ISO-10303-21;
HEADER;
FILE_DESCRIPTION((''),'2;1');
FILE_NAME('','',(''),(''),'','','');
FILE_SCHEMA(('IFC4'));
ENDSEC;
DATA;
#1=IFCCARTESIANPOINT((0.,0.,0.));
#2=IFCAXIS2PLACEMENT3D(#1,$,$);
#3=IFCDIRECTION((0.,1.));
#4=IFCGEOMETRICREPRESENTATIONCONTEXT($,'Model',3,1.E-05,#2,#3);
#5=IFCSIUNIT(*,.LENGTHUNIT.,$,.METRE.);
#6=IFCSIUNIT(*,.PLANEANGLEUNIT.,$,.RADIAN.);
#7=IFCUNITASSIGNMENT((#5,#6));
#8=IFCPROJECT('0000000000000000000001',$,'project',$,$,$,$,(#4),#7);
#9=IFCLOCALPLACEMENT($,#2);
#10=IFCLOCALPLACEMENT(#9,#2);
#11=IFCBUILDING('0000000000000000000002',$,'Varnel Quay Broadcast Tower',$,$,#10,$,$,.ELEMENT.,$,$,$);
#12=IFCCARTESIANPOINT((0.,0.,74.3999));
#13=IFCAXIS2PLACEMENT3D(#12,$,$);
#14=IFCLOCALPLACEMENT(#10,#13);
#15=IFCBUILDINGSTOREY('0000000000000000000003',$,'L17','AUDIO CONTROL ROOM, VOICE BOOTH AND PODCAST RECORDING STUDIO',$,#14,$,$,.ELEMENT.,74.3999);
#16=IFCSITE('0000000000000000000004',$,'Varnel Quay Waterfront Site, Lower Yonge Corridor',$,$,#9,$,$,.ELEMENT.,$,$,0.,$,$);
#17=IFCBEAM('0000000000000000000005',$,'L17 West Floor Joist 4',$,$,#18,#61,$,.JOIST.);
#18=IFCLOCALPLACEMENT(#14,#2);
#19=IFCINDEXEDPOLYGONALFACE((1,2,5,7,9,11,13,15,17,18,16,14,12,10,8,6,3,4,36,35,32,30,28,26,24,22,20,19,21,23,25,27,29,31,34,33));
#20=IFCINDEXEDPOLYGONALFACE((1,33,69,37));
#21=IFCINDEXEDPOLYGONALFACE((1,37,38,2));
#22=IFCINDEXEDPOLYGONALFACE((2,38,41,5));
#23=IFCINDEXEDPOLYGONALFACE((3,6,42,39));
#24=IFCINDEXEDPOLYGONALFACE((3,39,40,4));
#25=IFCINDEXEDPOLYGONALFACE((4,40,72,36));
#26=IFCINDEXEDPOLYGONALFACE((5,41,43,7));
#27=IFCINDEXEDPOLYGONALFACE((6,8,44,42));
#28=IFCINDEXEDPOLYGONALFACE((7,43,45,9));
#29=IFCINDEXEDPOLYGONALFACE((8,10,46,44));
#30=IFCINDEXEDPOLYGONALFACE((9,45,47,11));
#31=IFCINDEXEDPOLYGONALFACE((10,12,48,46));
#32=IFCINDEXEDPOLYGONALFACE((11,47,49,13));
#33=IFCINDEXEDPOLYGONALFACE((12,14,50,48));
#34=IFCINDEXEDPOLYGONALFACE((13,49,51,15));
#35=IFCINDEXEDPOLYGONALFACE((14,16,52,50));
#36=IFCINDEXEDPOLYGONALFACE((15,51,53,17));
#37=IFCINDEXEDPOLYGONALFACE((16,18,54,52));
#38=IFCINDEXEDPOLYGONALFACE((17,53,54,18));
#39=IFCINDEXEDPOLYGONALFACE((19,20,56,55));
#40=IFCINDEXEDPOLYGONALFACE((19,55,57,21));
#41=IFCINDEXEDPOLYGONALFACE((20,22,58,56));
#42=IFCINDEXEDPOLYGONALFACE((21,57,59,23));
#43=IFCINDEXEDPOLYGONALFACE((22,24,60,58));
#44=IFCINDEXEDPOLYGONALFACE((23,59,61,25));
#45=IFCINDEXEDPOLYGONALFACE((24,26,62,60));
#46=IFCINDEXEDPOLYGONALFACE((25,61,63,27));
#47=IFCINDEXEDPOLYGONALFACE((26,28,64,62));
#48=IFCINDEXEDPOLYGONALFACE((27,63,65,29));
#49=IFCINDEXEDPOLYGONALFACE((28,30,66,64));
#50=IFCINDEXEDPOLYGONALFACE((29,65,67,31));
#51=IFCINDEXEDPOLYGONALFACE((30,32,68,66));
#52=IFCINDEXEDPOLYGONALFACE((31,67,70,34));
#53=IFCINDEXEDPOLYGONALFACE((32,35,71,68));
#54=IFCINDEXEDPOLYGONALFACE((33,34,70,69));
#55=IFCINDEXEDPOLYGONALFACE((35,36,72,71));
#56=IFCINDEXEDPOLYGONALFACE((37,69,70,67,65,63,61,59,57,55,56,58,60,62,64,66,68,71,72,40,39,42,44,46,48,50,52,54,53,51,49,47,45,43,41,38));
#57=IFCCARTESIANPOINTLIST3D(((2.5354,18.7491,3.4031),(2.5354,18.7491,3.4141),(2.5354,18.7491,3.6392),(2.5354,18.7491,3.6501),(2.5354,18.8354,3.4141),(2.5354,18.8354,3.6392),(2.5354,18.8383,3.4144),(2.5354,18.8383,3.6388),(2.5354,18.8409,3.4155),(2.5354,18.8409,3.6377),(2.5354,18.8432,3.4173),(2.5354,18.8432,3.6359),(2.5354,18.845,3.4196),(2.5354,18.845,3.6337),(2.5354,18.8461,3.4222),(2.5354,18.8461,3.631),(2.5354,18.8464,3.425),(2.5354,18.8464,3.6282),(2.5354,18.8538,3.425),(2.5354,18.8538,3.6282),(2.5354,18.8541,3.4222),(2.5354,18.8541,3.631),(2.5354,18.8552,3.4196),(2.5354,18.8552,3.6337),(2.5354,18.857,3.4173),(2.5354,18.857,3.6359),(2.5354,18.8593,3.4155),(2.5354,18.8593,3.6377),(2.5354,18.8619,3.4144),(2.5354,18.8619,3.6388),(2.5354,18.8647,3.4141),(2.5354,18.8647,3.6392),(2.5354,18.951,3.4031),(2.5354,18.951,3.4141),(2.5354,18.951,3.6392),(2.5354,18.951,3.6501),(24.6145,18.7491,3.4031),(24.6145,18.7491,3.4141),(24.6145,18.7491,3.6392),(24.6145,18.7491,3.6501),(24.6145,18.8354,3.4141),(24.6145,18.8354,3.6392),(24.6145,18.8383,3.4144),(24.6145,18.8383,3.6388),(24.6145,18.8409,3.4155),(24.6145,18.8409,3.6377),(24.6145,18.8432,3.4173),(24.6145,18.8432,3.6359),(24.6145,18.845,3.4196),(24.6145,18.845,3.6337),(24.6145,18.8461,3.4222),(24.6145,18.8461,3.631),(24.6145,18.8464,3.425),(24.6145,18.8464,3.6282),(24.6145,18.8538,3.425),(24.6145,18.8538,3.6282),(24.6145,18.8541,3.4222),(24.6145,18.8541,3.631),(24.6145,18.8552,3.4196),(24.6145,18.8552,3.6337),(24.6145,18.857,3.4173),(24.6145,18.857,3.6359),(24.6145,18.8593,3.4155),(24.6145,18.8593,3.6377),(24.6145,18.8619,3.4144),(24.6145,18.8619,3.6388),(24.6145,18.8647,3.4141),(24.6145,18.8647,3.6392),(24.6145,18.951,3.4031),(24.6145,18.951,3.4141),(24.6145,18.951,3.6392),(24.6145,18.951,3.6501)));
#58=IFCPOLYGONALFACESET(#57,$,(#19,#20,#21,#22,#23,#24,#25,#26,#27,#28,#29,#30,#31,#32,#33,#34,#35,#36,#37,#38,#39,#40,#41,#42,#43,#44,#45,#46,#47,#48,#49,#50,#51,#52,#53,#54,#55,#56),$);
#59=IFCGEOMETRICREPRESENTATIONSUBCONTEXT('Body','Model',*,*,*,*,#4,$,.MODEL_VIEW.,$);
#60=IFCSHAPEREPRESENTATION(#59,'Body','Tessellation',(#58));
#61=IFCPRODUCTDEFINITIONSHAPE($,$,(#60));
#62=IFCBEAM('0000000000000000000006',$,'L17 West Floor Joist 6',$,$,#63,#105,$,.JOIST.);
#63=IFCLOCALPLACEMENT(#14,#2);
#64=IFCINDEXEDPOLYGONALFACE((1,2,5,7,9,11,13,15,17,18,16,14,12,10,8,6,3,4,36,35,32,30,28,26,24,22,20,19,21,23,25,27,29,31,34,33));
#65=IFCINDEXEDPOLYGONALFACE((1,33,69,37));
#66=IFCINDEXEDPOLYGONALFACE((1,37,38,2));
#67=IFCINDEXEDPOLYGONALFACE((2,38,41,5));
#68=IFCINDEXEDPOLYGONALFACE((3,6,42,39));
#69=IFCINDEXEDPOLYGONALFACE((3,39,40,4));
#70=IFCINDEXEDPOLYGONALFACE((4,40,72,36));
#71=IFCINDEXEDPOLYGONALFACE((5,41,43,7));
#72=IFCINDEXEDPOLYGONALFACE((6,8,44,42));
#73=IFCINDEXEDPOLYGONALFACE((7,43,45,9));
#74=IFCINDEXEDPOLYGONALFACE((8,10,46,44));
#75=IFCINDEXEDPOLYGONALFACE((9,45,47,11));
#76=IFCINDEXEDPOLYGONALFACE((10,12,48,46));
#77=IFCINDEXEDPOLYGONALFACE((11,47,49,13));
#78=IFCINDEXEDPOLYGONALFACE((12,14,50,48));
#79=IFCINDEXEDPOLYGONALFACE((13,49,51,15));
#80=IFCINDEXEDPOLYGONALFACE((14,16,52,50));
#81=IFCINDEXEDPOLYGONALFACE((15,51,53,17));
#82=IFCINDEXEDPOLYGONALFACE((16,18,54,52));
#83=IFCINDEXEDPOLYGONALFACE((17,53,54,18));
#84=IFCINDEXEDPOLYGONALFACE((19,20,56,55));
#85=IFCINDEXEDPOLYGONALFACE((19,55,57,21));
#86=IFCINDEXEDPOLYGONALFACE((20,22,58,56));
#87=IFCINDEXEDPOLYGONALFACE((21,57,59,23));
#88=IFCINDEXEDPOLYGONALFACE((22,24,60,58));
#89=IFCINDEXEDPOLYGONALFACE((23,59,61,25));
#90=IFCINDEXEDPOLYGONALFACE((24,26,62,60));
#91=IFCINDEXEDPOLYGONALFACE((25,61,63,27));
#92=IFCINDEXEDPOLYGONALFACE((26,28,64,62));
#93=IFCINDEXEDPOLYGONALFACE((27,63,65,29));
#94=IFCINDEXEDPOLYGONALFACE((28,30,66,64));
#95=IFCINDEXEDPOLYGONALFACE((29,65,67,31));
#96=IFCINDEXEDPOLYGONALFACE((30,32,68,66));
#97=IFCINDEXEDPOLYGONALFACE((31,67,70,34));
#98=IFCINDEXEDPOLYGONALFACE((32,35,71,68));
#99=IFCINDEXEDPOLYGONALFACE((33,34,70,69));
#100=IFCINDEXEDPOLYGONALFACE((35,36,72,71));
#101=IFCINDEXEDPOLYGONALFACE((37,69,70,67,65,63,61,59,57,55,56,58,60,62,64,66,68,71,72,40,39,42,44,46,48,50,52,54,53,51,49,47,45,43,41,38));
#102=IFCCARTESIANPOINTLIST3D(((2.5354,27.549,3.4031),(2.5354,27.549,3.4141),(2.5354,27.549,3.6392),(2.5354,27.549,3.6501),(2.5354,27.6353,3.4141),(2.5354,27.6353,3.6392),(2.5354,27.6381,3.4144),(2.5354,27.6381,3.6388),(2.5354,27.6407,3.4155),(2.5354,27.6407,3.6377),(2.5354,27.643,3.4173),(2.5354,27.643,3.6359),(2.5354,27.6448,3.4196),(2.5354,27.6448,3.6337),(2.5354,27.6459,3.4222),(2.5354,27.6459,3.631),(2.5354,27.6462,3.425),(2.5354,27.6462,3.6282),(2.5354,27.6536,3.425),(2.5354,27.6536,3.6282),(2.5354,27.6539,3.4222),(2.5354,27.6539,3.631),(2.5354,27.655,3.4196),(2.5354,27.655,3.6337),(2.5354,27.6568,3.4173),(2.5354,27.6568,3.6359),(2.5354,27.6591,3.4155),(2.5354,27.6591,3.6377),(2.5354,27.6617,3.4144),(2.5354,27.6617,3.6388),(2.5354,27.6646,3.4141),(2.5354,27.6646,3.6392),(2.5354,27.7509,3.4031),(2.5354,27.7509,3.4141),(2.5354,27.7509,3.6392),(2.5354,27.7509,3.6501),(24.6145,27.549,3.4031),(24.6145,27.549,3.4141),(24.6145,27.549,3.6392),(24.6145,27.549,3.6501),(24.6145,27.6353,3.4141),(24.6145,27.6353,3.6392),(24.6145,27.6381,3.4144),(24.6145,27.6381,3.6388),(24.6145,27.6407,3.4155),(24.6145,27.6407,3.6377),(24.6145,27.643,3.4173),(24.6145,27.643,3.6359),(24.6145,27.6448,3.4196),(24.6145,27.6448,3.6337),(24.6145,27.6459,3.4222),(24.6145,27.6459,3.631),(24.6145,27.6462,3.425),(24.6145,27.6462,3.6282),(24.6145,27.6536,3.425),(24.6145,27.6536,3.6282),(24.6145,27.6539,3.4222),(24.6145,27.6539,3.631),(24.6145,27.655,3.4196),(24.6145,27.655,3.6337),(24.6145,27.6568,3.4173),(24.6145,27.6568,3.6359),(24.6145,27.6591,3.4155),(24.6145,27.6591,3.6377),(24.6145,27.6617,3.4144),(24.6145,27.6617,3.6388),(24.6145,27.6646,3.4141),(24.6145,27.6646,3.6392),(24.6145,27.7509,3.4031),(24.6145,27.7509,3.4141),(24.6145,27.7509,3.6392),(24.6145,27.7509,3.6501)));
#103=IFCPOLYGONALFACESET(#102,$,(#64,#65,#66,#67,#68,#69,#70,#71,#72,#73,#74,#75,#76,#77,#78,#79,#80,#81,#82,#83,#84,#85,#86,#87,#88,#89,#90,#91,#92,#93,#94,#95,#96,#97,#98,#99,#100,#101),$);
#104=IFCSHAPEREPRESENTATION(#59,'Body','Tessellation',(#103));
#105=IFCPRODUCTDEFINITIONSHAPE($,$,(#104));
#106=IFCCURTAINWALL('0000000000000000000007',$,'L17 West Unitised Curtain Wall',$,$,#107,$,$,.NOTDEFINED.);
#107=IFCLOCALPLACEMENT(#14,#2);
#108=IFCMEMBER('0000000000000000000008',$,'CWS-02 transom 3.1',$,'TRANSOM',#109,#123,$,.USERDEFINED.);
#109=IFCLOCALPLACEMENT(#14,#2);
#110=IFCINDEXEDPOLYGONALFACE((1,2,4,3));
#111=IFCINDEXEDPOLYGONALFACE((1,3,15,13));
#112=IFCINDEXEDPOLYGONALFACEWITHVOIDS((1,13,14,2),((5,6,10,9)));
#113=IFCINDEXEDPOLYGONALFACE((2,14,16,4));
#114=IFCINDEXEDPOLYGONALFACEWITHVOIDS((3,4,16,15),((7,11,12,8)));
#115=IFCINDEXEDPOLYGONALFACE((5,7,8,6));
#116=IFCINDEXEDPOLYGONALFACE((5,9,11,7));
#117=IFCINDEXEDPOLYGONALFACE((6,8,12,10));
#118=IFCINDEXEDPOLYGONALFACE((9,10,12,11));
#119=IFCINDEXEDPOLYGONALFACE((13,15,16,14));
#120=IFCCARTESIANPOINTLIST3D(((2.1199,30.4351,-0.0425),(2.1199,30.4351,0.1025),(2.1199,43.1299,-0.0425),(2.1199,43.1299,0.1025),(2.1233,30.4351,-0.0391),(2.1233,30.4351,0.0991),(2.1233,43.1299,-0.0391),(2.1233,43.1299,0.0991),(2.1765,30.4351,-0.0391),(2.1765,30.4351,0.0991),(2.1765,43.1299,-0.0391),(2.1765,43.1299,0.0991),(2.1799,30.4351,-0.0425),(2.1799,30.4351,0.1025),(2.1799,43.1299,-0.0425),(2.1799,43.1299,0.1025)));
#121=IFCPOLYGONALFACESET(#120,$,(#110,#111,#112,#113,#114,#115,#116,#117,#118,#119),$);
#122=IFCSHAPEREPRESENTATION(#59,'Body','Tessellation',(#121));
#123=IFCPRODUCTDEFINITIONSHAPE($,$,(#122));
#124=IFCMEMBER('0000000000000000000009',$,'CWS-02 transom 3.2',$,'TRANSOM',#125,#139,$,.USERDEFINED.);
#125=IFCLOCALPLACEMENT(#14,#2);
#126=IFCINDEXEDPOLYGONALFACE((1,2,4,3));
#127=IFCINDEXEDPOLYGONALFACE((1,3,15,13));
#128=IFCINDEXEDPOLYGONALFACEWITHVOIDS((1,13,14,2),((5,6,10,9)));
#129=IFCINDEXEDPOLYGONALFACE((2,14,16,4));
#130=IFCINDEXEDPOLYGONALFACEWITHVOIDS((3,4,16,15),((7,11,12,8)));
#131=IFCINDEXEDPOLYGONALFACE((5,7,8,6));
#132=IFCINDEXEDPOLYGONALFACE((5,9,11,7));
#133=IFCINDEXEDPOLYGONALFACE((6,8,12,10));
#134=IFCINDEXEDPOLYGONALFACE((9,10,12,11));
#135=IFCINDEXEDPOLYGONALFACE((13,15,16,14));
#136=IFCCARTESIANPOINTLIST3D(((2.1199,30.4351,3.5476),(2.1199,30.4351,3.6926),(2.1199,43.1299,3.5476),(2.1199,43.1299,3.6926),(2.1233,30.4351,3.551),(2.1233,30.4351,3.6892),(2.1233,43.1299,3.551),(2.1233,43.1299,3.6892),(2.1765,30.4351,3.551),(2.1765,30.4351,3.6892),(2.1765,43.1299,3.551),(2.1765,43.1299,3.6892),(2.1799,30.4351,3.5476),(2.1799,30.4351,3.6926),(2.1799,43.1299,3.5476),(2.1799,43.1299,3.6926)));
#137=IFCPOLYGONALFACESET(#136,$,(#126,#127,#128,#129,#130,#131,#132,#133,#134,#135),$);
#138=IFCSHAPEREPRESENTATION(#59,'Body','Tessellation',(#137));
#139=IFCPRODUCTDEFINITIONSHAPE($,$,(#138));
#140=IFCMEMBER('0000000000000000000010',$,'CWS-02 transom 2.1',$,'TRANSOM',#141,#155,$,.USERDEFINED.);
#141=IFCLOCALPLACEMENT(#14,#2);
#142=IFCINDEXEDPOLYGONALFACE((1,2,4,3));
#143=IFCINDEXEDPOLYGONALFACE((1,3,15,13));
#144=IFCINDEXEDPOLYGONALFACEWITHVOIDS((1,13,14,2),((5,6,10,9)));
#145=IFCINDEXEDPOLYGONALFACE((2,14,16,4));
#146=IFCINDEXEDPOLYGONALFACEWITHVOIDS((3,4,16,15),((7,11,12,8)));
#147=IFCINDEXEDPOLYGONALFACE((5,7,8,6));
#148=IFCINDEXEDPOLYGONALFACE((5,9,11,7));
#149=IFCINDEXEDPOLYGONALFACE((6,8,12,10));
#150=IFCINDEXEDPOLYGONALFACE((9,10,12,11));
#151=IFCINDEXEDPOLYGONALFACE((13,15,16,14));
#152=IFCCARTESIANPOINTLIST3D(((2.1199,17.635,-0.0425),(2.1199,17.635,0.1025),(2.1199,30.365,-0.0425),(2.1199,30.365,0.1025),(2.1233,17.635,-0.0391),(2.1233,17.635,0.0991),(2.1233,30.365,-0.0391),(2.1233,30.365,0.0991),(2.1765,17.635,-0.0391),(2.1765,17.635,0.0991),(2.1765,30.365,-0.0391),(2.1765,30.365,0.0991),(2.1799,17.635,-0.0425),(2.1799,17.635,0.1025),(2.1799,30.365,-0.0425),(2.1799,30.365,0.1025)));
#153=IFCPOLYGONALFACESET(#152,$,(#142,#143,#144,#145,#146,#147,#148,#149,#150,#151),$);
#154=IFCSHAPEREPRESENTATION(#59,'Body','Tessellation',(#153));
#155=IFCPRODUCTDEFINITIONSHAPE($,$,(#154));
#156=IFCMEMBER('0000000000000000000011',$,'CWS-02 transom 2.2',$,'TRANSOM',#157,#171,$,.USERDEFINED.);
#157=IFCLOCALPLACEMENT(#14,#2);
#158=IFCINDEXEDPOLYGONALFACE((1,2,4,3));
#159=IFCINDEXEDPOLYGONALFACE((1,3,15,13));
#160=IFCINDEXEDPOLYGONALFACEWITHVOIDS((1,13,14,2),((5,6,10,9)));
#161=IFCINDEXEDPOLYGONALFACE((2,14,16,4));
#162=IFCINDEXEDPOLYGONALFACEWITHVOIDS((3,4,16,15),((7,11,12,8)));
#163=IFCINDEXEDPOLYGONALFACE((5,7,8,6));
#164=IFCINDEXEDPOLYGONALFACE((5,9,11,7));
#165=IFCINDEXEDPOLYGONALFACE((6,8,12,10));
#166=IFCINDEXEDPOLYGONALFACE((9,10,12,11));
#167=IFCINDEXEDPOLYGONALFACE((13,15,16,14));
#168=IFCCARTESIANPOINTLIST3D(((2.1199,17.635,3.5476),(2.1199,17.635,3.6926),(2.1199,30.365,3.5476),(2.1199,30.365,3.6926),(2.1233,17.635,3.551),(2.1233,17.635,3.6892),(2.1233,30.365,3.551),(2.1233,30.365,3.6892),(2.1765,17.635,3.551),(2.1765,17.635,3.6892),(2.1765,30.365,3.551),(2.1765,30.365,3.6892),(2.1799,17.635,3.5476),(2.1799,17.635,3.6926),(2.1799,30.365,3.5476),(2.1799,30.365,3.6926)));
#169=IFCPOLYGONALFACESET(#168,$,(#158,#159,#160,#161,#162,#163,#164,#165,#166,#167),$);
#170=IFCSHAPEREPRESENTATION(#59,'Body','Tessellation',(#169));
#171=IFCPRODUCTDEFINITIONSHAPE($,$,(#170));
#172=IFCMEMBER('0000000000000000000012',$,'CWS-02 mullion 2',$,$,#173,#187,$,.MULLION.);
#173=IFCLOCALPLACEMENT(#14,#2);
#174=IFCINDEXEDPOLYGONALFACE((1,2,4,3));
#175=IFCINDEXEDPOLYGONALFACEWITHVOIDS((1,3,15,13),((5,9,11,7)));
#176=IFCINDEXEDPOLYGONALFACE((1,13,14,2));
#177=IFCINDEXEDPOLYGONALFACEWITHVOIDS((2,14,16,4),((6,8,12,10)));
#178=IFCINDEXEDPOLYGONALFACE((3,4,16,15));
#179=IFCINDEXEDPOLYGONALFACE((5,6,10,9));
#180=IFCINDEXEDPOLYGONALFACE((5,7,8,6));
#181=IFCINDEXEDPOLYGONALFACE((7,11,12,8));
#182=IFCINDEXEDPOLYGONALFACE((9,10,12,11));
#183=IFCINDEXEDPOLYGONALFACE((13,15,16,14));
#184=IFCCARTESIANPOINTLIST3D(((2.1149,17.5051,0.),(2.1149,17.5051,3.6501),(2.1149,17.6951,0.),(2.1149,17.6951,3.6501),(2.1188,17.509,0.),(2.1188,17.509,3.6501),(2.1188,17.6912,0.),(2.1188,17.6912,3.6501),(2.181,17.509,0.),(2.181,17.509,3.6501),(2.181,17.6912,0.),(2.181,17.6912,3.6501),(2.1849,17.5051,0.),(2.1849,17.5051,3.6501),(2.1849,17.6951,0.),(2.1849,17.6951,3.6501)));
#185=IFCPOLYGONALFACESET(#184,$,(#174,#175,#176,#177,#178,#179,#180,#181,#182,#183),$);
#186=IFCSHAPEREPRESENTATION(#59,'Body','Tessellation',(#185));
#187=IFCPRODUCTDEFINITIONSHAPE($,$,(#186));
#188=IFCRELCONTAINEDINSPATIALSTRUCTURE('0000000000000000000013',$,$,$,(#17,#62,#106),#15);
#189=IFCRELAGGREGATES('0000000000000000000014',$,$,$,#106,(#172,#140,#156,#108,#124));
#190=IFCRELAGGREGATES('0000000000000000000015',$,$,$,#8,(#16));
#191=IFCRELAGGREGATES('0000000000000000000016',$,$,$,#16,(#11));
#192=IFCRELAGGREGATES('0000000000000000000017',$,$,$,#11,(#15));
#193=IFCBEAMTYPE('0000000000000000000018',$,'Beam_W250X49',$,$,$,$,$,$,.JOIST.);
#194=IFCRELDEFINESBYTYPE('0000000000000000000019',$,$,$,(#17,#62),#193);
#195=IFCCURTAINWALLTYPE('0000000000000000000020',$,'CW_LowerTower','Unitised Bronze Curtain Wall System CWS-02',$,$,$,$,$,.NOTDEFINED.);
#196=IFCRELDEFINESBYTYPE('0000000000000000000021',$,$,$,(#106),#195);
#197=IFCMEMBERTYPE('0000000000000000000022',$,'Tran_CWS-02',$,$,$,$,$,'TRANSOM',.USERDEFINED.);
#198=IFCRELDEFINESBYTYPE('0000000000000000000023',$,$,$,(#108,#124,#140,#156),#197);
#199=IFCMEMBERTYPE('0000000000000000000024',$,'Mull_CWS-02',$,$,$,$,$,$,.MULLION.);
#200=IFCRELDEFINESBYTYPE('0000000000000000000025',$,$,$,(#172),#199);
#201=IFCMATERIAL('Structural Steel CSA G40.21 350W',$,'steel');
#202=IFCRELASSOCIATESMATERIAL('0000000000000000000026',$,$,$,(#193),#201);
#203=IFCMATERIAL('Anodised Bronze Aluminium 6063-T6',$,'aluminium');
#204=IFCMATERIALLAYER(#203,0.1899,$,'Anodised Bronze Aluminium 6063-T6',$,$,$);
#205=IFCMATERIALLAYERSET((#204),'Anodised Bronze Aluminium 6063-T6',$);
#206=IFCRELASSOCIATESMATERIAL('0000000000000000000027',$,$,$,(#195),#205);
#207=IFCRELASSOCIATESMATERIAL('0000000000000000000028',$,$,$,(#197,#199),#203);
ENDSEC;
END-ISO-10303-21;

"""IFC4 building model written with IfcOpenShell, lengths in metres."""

from ifc_helpers import new_model, si_unit, direction, frame, origin, origin_2d, place, context, subcontext, project, spatial, hollow_rectangle, i_section, extrude, source, transform, mapped, material, layer, layer_set, material_profile, profile_set, type_object, type_shapes, element, aggregate, save


model = new_model("IFC4")

# Units and contexts
model_context = context("Model", 3, precision=1e-05, world=origin(), true_north=direction((0.0, 1.0)))
body_context = subcontext(model_context, "Body", "Model", "MODEL_VIEW")
ifc_project = project(units=[si_unit("LENGTHUNIT", "METRE"), si_unit("PLANEANGLEUNIT", "RADIAN")], contexts=[model_context])

# Site, building, storey
site_placement = place(None, origin())
site = spatial("IfcSite", under=ifc_project, at=site_placement, Name="Varnel Quay Waterfront Site, Lower Yonge Corridor", CompositionType="ELEMENT", RefElevation=0.0)
building_placement = place(site_placement, origin())
building = spatial("IfcBuilding", under=site, at=building_placement, Name="Varnel Quay Broadcast Tower", CompositionType="ELEMENT")
storey_placement = place(building_placement, frame((0.0, 0.0, 74.3999)))
storey = spatial("IfcBuildingStorey", under=building, at=storey_placement, Name="L17", Description="AUDIO CONTROL ROOM, VOICE BOOTH AND PODCAST RECORDING STUDIO", CompositionType="ELEMENT", Elevation=74.3999)

# Shared definitions
ifc_material_1 = material(Name="Structural Steel CSA G40.21 350W", Category="steel")

# Beams
ifc_material_profile_1 = material_profile(ifc_material_1, i_section(OverallWidth=0.2019, OverallDepth=0.2471, WebThickness=0.0073, FlangeThickness=0.011, FilletRadius=0.011, at=origin_2d()), Name="W250X49")
ifc_profile_set_1 = profile_set([ifc_material_profile_1], Name="Structural Steel CSA G40.21 350W")
beam_type_1 = type_object("IfcBeamType", Name="Beam_W250X49", PredefinedType="JOIST", material=ifc_profile_set_1)
shared_shape_1 = source(origin(), body_context, "Body", "SweptSolid", [
    extrude(i_section(OverallWidth=0.2019, OverallDepth=0.2471, WebThickness=0.0073, FlangeThickness=0.011, FilletRadius=0.011, at=origin_2d()), origin(), (0.0, 0.0, 1.0), 22.0791),
])
type_shapes(beam_type_1, [shared_shape_1])
for number, where, z_axis, x_axis, name in (
    (1, (2.5354, 18.8501, 3.5266), (1.0, 0.0, 0.0), (0.0, 1.0, 0.0), "L17 West Floor Joist 4"),
    (2, (2.5354, 27.6499, 3.5266), (1.0, 0.0, 0.0), (0.0, 1.0, 0.0), "L17 West Floor Joist 6"),
):
    element("IfcBeam", number, at=place(storey_placement, frame(where, z_axis=z_axis, x_axis=x_axis)), inside=storey, type_object=beam_type_1, Name=name, PredefinedType="JOIST", context=body_context, shape_type="MappedRepresentation", body=[
        mapped(shared_shape_1, transform((0.0, 0.0, 0.0), x_axis=(1.0, 0.0, 0.0), y_axis=(0.0, 1.0, 0.0), z_axis=(0.0, 0.0, 1.0), scale=1.0)),
    ])

# Curtain wall, members
ifc_material_2 = material(Name="Anodised Bronze Aluminium 6063-T6", Category="aluminium")
ifc_layer_1 = layer(ifc_material_2, 0.1899, Name="Anodised Bronze Aluminium 6063-T6")
ifc_layer_set_1 = layer_set([ifc_layer_1], Name="Anodised Bronze Aluminium 6063-T6")
curtain_wall_type = type_object("IfcCurtainWallType", Name="CW_LowerTower", Description="Unitised Bronze Curtain Wall System CWS-02", PredefinedType="NOTDEFINED", material=ifc_layer_set_1)
curtain_wall_placement = place(storey_placement, origin())
curtain_wall = element("IfcCurtainWall", 3, at=curtain_wall_placement, inside=storey, type_object=curtain_wall_type, Name="L17 West Unitised Curtain Wall", PredefinedType="NOTDEFINED")
ifc_material_profile_2 = material_profile(ifc_material_2, hollow_rectangle(XDim=0.0601, YDim=0.145, WallThickness=0.0034, at=origin_2d()), Name="ALU60X145X3.5")
ifc_profile_set_2 = profile_set([ifc_material_profile_2], Name="Anodised Bronze Aluminium 6063-T6")
member_type_1 = type_object("IfcMemberType", Name="Tran_CWS-02", ElementType="TRANSOM", PredefinedType="USERDEFINED", material=ifc_profile_set_2)
shared_shape_2 = source(origin(), body_context, "Body", "SweptSolid", [
    extrude(hollow_rectangle(XDim=0.0601, YDim=0.145, WallThickness=0.0034, at=origin_2d()), origin(), (0.0, 0.0, 1.0), 12.6948),
])
member_1_placement = place(storey_placement, frame((2.1499, 30.4351, 0.03), z_axis=(0.0, 1.0, 0.0), x_axis=(-1.0, 0.0, 0.0)))
member_1 = element("IfcMember", 4, at=member_1_placement, type_object=member_type_1, Name="CWS-02 transom 3.1", ObjectType="TRANSOM", PredefinedType="USERDEFINED", context=body_context, shape_type="MappedRepresentation", body=[
    mapped(shared_shape_2, transform((0.0, 0.0, 0.0), x_axis=(1.0, 0.0, 0.0), y_axis=(0.0, 1.0, 0.0), z_axis=(0.0, 0.0, 1.0), scale=1.0)),
])
member_2_placement = place(storey_placement, frame((2.1499, 30.4351, 3.6201), z_axis=(0.0, 1.0, 0.0), x_axis=(-1.0, 0.0, 0.0)))
member_2 = element("IfcMember", 5, at=member_2_placement, type_object=member_type_1, Name="CWS-02 transom 3.2", ObjectType="TRANSOM", PredefinedType="USERDEFINED", context=body_context, shape_type="MappedRepresentation", body=[
    mapped(shared_shape_2, transform((0.0, 0.0, 0.0), x_axis=(1.0, 0.0, 0.0), y_axis=(0.0, 1.0, 0.0), z_axis=(0.0, 0.0, 1.0), scale=1.0)),
])
shared_shape_3 = source(origin(), body_context, "Body", "SweptSolid", [
    extrude(hollow_rectangle(XDim=0.0601, YDim=0.145, WallThickness=0.0034, at=origin_2d()), origin(), (0.0, 0.0, 1.0), 12.73),
])
type_shapes(member_type_1, [shared_shape_2, shared_shape_3])
member_3_placement = place(storey_placement, frame((2.1499, 17.635, 0.03), z_axis=(0.0, 1.0, 0.0), x_axis=(-1.0, 0.0, 0.0)))
member_3 = element("IfcMember", 6, at=member_3_placement, type_object=member_type_1, Name="CWS-02 transom 2.1", ObjectType="TRANSOM", PredefinedType="USERDEFINED", context=body_context, shape_type="MappedRepresentation", body=[
    mapped(shared_shape_3, transform((0.0, 0.0, 0.0), x_axis=(1.0, 0.0, 0.0), y_axis=(0.0, 1.0, 0.0), z_axis=(0.0, 0.0, 1.0), scale=1.0)),
])
member_4_placement = place(storey_placement, frame((2.1499, 17.635, 3.6201), z_axis=(0.0, 1.0, 0.0), x_axis=(-1.0, 0.0, 0.0)))
member_4 = element("IfcMember", 7, at=member_4_placement, type_object=member_type_1, Name="CWS-02 transom 2.2", ObjectType="TRANSOM", PredefinedType="USERDEFINED", context=body_context, shape_type="MappedRepresentation", body=[
    mapped(shared_shape_3, transform((0.0, 0.0, 0.0), x_axis=(1.0, 0.0, 0.0), y_axis=(0.0, 1.0, 0.0), z_axis=(0.0, 0.0, 1.0), scale=1.0)),
])
ifc_material_profile_3 = material_profile(ifc_material_2, hollow_rectangle(XDim=0.0701, YDim=0.1899, WallThickness=0.0039, at=origin_2d()), Name="ALU70X190X4")
ifc_profile_set_3 = profile_set([ifc_material_profile_3], Name="Anodised Bronze Aluminium 6063-T6")
member_type_2 = type_object("IfcMemberType", Name="Mull_CWS-02", PredefinedType="MULLION", material=ifc_profile_set_3)
shared_shape_4 = source(origin(), body_context, "Body", "SweptSolid", [
    extrude(hollow_rectangle(XDim=0.0701, YDim=0.1899, WallThickness=0.0039, at=origin_2d()), origin(), (0.0, 0.0, 1.0), 3.6501),
])
type_shapes(member_type_2, [shared_shape_4])
member_5_placement = place(storey_placement, frame((2.1499, 17.6001, 0.0), z_axis=(0.0, 0.0, 1.0), x_axis=(-1.0, 0.0, 0.0)))
member_5 = element("IfcMember", 8, at=member_5_placement, type_object=member_type_2, Name="CWS-02 mullion 2", PredefinedType="MULLION", context=body_context, shape_type="MappedRepresentation", body=[
    mapped(shared_shape_4, transform((0.0, 0.0, 0.0), x_axis=(1.0, 0.0, 0.0), y_axis=(0.0, 1.0, 0.0), z_axis=(0.0, 0.0, 1.0), scale=1.0)),
])
aggregate(curtain_wall, [member_5, member_3, member_4, member_1, member_2])

save(model, "model.ifc")
